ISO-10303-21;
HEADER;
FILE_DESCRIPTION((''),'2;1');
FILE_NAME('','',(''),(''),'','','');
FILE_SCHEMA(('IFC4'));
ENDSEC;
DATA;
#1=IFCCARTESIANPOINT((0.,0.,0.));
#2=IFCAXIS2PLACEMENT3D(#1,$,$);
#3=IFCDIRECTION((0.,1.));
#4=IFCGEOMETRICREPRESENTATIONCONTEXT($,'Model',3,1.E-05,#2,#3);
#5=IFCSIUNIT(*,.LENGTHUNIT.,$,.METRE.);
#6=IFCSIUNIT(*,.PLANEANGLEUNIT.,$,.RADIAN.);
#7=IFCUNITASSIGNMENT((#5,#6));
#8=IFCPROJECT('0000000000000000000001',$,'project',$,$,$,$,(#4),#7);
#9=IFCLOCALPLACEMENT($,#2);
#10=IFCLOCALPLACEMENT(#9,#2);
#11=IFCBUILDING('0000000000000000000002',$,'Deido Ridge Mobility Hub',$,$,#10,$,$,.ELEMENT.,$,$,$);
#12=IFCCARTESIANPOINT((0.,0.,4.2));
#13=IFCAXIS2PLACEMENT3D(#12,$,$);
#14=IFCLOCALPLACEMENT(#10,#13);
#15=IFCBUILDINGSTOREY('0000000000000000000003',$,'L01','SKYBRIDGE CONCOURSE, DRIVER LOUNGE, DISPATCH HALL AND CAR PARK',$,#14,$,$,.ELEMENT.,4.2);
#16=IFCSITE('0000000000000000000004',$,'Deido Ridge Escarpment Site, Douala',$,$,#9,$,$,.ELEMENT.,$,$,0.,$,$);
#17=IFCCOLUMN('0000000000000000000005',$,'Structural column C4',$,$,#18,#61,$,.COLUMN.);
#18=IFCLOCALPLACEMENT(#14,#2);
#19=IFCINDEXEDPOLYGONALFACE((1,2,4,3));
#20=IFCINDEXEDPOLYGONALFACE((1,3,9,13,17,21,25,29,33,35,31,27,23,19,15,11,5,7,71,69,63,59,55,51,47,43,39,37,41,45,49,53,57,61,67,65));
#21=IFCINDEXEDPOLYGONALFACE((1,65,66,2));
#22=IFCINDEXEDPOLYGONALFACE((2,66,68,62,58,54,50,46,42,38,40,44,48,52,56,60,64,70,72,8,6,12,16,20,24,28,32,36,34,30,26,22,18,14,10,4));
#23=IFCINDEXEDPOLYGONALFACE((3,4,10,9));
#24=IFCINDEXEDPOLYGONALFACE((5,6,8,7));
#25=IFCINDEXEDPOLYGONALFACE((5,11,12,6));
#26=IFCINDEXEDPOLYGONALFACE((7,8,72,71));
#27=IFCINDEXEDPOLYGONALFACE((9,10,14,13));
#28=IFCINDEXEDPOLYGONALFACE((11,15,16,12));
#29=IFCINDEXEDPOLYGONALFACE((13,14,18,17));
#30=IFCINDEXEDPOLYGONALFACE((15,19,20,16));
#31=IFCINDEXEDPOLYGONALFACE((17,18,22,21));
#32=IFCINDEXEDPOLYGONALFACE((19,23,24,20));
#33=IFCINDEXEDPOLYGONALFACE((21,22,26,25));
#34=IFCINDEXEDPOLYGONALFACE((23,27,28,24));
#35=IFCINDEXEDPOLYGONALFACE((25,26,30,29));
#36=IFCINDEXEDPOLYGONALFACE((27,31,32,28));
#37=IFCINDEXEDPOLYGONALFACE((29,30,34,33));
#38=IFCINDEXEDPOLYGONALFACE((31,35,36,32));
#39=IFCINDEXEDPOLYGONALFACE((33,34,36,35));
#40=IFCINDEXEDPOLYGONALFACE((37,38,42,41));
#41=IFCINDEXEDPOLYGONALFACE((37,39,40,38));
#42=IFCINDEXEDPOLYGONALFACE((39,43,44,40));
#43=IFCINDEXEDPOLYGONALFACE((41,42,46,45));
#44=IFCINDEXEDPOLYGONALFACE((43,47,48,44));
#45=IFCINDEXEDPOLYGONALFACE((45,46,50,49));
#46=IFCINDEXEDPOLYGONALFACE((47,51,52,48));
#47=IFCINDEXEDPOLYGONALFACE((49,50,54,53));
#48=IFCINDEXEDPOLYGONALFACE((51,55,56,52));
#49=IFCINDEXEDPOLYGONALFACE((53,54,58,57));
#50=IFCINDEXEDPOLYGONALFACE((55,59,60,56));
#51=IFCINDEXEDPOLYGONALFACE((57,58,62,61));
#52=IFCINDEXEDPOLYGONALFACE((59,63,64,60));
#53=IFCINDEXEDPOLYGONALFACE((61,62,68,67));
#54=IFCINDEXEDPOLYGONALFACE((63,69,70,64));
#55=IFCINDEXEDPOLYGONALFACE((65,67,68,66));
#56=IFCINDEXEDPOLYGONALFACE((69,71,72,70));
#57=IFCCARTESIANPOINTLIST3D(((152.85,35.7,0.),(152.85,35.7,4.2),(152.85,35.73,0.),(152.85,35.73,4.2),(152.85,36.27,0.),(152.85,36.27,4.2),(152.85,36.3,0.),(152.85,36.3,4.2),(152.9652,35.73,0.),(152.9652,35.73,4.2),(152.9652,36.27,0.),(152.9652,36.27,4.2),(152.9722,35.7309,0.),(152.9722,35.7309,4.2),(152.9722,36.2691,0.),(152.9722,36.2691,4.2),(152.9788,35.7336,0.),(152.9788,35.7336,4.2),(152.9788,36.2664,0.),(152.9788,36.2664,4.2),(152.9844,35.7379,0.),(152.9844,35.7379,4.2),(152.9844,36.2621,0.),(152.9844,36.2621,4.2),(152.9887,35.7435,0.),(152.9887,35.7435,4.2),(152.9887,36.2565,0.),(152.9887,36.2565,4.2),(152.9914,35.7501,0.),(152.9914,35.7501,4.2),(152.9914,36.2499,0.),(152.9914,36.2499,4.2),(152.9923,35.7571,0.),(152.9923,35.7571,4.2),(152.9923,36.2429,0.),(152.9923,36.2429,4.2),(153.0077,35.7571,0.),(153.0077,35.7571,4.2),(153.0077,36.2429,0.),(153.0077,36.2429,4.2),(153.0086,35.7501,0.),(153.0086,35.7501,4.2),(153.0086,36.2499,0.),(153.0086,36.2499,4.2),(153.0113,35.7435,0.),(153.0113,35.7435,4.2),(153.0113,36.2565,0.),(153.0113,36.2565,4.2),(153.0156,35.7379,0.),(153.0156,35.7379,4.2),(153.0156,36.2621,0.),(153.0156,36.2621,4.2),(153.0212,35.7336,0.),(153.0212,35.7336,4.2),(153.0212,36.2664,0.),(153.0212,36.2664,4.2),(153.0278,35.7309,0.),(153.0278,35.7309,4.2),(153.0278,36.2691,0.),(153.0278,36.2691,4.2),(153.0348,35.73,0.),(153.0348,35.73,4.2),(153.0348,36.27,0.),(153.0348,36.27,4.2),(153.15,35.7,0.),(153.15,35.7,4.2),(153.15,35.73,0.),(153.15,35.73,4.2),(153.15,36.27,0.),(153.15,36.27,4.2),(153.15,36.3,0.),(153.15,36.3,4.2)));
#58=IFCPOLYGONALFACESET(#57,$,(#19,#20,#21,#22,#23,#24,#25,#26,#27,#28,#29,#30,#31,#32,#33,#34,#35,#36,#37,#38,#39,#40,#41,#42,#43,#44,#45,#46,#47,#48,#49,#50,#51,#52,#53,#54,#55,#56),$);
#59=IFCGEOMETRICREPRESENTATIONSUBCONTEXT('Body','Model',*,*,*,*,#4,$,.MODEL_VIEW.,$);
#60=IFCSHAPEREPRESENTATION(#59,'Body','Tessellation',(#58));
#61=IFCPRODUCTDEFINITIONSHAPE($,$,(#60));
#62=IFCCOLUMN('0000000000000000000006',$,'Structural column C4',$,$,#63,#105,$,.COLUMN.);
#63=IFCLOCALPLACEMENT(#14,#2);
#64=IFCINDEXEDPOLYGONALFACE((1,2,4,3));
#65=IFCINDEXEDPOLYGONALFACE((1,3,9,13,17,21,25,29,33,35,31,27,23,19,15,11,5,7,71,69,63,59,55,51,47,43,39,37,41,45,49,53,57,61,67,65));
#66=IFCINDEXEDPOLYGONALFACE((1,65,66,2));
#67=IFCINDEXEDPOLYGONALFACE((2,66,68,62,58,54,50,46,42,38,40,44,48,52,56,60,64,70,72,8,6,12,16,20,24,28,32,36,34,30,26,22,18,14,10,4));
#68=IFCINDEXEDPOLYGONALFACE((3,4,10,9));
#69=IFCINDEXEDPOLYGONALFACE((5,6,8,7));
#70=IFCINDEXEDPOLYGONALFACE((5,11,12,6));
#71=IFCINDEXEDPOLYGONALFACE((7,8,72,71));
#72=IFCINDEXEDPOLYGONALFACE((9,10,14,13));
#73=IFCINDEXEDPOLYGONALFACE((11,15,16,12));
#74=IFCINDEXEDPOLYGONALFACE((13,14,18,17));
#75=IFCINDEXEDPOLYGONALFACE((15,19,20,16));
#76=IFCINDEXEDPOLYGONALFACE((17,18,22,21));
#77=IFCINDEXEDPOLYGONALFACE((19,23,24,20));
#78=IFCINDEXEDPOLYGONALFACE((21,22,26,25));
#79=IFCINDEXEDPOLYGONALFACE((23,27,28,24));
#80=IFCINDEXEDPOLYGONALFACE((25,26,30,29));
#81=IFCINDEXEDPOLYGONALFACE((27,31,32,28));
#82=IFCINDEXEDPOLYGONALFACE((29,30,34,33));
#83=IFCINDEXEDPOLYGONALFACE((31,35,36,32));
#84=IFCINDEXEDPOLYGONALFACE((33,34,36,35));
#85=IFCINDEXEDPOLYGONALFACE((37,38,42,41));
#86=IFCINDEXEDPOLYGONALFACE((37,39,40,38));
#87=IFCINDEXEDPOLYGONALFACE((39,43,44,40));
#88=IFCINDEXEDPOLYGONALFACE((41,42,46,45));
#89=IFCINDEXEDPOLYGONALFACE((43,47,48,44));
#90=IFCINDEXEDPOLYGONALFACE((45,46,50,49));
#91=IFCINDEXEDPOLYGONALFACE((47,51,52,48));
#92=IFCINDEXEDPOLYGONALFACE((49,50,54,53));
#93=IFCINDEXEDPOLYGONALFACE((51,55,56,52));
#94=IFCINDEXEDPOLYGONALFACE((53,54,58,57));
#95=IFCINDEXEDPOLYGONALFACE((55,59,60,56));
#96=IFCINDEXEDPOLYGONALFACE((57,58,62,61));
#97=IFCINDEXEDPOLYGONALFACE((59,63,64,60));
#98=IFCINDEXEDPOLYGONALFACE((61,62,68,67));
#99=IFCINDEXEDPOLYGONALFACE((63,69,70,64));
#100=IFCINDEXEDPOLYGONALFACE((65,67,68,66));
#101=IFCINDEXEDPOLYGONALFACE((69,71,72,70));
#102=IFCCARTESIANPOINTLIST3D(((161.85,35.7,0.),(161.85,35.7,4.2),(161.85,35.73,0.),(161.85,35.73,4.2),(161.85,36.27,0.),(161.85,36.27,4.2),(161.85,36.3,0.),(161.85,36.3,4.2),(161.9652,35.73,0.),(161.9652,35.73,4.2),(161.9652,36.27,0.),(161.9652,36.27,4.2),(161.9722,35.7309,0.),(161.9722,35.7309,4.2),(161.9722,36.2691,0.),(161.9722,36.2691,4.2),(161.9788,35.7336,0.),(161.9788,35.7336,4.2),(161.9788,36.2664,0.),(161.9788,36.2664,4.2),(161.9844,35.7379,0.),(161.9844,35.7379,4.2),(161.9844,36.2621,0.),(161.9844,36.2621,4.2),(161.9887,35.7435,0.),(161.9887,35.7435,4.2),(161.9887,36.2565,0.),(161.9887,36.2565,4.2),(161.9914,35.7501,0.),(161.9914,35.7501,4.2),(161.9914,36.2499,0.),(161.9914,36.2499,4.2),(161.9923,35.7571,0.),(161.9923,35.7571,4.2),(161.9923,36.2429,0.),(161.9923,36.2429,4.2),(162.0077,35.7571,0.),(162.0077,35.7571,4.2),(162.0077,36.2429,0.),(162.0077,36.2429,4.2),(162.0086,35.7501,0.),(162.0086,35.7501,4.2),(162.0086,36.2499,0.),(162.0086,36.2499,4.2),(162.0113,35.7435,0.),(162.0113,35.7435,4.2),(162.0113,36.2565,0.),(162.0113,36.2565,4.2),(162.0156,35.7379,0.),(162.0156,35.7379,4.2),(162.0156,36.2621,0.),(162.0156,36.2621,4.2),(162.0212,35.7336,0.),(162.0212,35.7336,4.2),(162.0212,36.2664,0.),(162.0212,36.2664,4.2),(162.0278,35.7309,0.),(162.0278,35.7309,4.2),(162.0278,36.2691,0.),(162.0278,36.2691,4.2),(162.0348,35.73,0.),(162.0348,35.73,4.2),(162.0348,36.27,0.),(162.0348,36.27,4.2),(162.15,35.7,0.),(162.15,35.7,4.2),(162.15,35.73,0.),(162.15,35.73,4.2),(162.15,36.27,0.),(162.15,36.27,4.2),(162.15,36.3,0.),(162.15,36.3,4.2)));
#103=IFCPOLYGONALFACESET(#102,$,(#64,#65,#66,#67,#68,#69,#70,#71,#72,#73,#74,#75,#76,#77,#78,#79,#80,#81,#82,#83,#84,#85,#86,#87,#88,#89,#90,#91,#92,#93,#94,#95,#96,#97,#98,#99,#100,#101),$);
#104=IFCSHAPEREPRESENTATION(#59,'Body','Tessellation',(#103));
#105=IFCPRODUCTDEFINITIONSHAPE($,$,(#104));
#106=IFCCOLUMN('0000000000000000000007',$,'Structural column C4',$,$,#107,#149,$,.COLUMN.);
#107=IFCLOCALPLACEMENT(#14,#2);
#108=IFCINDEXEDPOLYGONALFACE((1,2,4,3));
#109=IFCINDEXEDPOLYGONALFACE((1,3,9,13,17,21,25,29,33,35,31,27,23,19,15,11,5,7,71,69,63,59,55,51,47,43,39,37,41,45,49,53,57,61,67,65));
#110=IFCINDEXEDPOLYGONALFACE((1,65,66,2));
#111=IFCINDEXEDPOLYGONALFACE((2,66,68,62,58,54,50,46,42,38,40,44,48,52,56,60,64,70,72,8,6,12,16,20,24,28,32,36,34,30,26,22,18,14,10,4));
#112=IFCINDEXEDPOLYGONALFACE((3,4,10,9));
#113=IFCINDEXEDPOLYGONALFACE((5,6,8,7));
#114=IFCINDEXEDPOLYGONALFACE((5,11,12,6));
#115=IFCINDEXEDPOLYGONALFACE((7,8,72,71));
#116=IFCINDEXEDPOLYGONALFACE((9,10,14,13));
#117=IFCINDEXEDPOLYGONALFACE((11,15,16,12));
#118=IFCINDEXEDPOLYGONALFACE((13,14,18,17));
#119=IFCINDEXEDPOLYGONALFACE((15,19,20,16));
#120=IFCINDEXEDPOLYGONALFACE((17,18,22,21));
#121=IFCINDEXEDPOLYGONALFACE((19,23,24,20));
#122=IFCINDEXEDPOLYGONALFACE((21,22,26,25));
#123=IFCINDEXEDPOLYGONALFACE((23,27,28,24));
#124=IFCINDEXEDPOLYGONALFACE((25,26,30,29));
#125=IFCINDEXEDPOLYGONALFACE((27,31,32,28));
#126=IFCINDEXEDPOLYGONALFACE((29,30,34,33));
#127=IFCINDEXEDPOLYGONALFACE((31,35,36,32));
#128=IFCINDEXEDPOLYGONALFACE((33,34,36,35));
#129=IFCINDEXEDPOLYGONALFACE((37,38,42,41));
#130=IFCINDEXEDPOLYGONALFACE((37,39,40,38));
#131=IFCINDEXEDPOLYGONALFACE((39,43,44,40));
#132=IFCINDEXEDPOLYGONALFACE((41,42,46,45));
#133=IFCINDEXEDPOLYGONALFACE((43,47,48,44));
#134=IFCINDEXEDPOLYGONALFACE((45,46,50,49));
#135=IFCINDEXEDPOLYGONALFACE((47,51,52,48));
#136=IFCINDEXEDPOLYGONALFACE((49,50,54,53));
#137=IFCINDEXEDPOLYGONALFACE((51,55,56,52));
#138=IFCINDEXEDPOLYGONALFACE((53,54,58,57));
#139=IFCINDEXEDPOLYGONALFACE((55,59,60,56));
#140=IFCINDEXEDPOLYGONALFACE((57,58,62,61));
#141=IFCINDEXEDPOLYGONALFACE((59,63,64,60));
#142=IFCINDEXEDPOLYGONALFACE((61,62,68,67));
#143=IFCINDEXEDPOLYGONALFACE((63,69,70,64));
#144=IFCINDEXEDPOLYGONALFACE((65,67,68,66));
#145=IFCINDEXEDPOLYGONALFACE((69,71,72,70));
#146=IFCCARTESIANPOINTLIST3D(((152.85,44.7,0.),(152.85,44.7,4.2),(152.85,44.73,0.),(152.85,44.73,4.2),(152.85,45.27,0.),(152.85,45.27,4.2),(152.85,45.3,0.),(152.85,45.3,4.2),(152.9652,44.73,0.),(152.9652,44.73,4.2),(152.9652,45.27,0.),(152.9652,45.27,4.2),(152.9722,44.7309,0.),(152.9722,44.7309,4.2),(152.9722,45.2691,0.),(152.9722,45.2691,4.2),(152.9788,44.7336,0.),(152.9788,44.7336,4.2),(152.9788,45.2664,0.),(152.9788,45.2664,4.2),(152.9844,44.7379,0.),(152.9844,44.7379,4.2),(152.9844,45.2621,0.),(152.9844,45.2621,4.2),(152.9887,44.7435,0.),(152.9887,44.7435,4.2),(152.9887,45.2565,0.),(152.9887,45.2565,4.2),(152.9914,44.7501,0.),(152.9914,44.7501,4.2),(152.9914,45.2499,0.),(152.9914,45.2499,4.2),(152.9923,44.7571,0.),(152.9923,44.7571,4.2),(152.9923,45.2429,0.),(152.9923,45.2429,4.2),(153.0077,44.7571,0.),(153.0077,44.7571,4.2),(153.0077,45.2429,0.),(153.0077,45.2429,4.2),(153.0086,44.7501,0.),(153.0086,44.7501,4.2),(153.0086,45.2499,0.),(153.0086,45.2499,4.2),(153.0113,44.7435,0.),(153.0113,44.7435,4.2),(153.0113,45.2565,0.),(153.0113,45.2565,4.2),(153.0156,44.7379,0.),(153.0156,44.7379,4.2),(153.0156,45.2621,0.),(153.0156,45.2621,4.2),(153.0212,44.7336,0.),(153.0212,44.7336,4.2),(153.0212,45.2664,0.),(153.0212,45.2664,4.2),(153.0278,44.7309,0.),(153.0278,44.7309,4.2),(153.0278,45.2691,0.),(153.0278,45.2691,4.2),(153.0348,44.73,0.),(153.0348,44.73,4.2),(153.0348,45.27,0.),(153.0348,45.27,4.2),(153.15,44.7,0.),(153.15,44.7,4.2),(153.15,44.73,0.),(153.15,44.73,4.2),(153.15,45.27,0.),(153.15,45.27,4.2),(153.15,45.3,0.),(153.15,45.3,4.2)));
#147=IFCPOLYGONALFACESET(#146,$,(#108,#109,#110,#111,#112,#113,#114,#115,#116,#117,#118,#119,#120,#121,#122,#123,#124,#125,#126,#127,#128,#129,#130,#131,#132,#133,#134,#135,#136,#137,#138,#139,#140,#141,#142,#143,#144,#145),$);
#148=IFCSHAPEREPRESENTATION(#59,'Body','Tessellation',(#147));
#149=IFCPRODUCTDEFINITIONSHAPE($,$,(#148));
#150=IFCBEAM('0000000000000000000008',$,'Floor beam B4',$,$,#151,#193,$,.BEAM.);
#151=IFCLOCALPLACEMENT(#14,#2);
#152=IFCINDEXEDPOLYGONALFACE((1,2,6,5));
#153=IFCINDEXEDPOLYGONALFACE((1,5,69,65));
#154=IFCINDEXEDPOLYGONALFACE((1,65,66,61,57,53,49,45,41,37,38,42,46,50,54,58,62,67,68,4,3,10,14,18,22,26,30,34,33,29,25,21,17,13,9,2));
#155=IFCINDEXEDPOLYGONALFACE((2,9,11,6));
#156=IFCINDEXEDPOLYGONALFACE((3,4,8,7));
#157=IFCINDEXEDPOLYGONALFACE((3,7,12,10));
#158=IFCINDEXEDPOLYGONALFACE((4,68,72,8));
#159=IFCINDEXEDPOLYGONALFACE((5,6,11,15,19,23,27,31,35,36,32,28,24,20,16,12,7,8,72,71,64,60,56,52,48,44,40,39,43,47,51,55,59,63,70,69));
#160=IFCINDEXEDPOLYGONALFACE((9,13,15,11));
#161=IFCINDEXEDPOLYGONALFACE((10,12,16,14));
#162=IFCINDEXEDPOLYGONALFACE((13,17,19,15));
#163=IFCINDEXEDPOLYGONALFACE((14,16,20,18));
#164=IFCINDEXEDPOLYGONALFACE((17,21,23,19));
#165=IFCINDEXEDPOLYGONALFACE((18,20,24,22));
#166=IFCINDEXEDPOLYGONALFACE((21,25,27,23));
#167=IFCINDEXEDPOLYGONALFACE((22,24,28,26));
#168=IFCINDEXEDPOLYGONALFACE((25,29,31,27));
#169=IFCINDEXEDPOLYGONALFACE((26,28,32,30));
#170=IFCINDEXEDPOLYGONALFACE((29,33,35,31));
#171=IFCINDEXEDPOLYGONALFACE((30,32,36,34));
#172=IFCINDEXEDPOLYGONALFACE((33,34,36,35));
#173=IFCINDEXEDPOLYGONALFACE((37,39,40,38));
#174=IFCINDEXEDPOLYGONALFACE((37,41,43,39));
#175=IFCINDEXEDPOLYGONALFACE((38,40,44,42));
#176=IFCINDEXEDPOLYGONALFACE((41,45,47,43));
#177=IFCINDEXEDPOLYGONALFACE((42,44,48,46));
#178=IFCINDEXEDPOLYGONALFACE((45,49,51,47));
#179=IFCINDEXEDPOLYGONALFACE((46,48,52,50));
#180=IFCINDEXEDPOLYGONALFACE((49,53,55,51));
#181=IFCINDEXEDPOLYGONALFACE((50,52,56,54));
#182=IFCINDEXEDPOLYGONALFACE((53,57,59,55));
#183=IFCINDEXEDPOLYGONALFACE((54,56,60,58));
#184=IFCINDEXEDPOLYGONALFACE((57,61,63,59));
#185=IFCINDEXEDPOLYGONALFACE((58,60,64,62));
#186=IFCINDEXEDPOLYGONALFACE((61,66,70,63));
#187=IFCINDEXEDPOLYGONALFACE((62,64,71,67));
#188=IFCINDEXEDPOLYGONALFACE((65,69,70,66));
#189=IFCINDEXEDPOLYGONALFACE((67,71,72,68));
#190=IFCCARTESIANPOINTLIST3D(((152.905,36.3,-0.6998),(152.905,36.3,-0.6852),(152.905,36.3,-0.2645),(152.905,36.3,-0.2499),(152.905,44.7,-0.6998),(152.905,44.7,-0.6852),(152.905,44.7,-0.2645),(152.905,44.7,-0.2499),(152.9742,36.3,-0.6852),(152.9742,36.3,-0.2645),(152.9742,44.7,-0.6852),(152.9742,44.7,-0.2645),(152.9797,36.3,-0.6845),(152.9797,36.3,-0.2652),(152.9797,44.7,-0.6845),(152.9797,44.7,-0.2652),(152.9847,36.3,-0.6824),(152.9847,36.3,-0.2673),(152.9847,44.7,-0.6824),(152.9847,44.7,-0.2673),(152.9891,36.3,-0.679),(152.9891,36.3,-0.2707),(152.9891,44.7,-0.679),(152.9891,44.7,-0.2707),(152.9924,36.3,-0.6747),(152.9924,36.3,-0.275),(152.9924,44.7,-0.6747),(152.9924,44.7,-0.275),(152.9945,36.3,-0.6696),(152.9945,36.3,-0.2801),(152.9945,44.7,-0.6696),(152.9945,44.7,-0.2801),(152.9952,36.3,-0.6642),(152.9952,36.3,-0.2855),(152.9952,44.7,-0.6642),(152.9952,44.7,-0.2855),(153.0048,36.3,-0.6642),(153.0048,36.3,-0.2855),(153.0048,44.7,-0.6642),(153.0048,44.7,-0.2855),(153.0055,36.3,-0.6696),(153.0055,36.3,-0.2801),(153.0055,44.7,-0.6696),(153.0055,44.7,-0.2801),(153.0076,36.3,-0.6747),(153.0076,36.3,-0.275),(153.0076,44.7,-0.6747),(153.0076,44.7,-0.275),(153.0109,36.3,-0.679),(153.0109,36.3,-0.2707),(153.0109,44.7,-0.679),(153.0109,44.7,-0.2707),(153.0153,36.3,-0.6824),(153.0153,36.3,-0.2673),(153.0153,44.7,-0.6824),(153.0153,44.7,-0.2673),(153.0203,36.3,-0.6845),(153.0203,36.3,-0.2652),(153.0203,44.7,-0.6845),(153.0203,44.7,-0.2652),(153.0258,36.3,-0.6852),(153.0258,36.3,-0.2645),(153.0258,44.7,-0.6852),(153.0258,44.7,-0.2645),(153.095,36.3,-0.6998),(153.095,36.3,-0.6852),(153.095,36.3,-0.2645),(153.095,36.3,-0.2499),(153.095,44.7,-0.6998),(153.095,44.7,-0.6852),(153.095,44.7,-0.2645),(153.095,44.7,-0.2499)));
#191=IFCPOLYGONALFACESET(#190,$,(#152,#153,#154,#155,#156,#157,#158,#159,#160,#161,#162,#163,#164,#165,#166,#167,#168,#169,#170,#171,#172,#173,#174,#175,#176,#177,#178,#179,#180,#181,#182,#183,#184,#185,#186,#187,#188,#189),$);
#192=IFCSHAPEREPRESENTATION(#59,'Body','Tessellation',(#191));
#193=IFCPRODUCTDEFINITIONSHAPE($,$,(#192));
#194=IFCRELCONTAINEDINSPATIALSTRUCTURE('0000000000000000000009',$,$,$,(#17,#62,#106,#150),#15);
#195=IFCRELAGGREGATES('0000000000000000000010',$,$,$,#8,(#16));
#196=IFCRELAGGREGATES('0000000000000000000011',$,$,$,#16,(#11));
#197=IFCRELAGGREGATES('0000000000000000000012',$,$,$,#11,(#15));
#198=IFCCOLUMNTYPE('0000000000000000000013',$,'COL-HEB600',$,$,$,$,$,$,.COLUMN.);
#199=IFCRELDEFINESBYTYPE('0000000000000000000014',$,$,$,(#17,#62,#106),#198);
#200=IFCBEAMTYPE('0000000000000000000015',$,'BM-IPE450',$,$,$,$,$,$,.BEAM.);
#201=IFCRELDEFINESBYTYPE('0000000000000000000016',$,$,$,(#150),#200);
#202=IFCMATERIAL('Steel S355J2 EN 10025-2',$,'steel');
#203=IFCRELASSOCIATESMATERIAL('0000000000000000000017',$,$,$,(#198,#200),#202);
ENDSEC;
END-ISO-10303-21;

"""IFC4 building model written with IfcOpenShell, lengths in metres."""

from ifc_helpers import new_model, si_unit, direction, frame, origin, origin_2d, place, context, subcontext, project, spatial, i_section, extrude, material, material_profile, profile_set, type_object, element, save


model = new_model("IFC4")

# Units and contexts
model_context = context("Model", 3, precision=1e-05, world=origin(), true_north=direction((0.0, 1.0)))
body_context = subcontext(model_context, "Body", "Model", "MODEL_VIEW")
ifc_project = project(units=[si_unit("LENGTHUNIT", "METRE"), si_unit("PLANEANGLEUNIT", "RADIAN")], contexts=[model_context])

# Site, building, storey
site_placement = place(None, origin())
site = spatial("IfcSite", under=ifc_project, at=site_placement, Name="Deido Ridge Escarpment Site, Douala", CompositionType="ELEMENT", RefElevation=0.0)
building_placement = place(site_placement, origin())
building = spatial("IfcBuilding", under=site, at=building_placement, Name="Deido Ridge Mobility Hub", CompositionType="ELEMENT")
storey_placement = place(building_placement, frame((0.0, 0.0, 4.2)))
storey = spatial("IfcBuildingStorey", under=building, at=storey_placement, Name="L01", Description="SKYBRIDGE CONCOURSE, DRIVER LOUNGE, DISPATCH HALL AND CAR PARK", CompositionType="ELEMENT", Elevation=4.2)

# Columns
ifc_material_1 = material(Name="Steel S355J2 EN 10025-2", Category="steel")
ifc_material_profile_1 = material_profile(ifc_material_1, i_section(OverallWidth=0.3, OverallDepth=0.6001, WebThickness=0.0154, FlangeThickness=0.03, FilletRadius=0.0271, at=origin_2d()), Name="HEB 600")
ifc_profile_set_1 = profile_set([ifc_material_profile_1], Name="Steel S355J2 EN 10025-2")
column_type = type_object("IfcColumnType", Name="COL-HEB600", PredefinedType="COLUMN", material=ifc_profile_set_1)
for number, where, z_axis, x_axis, name in (
    (1, (153.0, 36.0, 0.0), (0.0, 0.0, 1.0), (1.0, 0.0, 0.0), "Structural column C4"),
    (2, (162.0, 36.0, 0.0), (0.0, 0.0, 1.0), (1.0, 0.0, 0.0), "Structural column C4"),
    (3, (153.0, 45.0, 0.0), (0.0, 0.0, 1.0), (1.0, 0.0, 0.0), "Structural column C4"),
):
    element("IfcColumn", number, at=place(storey_placement, frame(where, z_axis=z_axis, x_axis=x_axis)), inside=storey, type_object=column_type, Name=name, PredefinedType="COLUMN", context=body_context, shape_type="SweptSolid", body=[
        extrude(i_section(OverallWidth=0.3, OverallDepth=0.6001, WebThickness=0.0154, FlangeThickness=0.03, FilletRadius=0.0271, at=origin_2d()), origin(), (0.0, 0.0, 1.0), 4.2),
    ])

# Beam
ifc_material_profile_2 = material_profile(ifc_material_1, i_section(OverallWidth=0.1899, OverallDepth=0.45, WebThickness=0.0095, FlangeThickness=0.0146, FilletRadius=0.021, at=origin_2d()), Name="IPE 450")
ifc_profile_set_2 = profile_set([ifc_material_profile_2], Name="Steel S355J2 EN 10025-2")
beam_type_1 = type_object("IfcBeamType", Name="BM-IPE450", PredefinedType="BEAM", material=ifc_profile_set_2)
for number, where, z_axis, x_axis, name in (
    (4, (153.0, 36.3, -0.4749), (0.0, 1.0, 0.0), (-1.0, 0.0, 0.0), "Floor beam B4"),
):
    element("IfcBeam", number, at=place(storey_placement, frame(where, z_axis=z_axis, x_axis=x_axis)), inside=storey, type_object=beam_type_1, Name=name, PredefinedType="BEAM", context=body_context, shape_type="SweptSolid", body=[
        extrude(i_section(OverallWidth=0.1899, OverallDepth=0.45, WebThickness=0.0095, FlangeThickness=0.0146, FilletRadius=0.021, at=origin_2d()), origin(), (0.0, 0.0, 1.0), 8.3999),
    ])

save(model, "model.ifc")
